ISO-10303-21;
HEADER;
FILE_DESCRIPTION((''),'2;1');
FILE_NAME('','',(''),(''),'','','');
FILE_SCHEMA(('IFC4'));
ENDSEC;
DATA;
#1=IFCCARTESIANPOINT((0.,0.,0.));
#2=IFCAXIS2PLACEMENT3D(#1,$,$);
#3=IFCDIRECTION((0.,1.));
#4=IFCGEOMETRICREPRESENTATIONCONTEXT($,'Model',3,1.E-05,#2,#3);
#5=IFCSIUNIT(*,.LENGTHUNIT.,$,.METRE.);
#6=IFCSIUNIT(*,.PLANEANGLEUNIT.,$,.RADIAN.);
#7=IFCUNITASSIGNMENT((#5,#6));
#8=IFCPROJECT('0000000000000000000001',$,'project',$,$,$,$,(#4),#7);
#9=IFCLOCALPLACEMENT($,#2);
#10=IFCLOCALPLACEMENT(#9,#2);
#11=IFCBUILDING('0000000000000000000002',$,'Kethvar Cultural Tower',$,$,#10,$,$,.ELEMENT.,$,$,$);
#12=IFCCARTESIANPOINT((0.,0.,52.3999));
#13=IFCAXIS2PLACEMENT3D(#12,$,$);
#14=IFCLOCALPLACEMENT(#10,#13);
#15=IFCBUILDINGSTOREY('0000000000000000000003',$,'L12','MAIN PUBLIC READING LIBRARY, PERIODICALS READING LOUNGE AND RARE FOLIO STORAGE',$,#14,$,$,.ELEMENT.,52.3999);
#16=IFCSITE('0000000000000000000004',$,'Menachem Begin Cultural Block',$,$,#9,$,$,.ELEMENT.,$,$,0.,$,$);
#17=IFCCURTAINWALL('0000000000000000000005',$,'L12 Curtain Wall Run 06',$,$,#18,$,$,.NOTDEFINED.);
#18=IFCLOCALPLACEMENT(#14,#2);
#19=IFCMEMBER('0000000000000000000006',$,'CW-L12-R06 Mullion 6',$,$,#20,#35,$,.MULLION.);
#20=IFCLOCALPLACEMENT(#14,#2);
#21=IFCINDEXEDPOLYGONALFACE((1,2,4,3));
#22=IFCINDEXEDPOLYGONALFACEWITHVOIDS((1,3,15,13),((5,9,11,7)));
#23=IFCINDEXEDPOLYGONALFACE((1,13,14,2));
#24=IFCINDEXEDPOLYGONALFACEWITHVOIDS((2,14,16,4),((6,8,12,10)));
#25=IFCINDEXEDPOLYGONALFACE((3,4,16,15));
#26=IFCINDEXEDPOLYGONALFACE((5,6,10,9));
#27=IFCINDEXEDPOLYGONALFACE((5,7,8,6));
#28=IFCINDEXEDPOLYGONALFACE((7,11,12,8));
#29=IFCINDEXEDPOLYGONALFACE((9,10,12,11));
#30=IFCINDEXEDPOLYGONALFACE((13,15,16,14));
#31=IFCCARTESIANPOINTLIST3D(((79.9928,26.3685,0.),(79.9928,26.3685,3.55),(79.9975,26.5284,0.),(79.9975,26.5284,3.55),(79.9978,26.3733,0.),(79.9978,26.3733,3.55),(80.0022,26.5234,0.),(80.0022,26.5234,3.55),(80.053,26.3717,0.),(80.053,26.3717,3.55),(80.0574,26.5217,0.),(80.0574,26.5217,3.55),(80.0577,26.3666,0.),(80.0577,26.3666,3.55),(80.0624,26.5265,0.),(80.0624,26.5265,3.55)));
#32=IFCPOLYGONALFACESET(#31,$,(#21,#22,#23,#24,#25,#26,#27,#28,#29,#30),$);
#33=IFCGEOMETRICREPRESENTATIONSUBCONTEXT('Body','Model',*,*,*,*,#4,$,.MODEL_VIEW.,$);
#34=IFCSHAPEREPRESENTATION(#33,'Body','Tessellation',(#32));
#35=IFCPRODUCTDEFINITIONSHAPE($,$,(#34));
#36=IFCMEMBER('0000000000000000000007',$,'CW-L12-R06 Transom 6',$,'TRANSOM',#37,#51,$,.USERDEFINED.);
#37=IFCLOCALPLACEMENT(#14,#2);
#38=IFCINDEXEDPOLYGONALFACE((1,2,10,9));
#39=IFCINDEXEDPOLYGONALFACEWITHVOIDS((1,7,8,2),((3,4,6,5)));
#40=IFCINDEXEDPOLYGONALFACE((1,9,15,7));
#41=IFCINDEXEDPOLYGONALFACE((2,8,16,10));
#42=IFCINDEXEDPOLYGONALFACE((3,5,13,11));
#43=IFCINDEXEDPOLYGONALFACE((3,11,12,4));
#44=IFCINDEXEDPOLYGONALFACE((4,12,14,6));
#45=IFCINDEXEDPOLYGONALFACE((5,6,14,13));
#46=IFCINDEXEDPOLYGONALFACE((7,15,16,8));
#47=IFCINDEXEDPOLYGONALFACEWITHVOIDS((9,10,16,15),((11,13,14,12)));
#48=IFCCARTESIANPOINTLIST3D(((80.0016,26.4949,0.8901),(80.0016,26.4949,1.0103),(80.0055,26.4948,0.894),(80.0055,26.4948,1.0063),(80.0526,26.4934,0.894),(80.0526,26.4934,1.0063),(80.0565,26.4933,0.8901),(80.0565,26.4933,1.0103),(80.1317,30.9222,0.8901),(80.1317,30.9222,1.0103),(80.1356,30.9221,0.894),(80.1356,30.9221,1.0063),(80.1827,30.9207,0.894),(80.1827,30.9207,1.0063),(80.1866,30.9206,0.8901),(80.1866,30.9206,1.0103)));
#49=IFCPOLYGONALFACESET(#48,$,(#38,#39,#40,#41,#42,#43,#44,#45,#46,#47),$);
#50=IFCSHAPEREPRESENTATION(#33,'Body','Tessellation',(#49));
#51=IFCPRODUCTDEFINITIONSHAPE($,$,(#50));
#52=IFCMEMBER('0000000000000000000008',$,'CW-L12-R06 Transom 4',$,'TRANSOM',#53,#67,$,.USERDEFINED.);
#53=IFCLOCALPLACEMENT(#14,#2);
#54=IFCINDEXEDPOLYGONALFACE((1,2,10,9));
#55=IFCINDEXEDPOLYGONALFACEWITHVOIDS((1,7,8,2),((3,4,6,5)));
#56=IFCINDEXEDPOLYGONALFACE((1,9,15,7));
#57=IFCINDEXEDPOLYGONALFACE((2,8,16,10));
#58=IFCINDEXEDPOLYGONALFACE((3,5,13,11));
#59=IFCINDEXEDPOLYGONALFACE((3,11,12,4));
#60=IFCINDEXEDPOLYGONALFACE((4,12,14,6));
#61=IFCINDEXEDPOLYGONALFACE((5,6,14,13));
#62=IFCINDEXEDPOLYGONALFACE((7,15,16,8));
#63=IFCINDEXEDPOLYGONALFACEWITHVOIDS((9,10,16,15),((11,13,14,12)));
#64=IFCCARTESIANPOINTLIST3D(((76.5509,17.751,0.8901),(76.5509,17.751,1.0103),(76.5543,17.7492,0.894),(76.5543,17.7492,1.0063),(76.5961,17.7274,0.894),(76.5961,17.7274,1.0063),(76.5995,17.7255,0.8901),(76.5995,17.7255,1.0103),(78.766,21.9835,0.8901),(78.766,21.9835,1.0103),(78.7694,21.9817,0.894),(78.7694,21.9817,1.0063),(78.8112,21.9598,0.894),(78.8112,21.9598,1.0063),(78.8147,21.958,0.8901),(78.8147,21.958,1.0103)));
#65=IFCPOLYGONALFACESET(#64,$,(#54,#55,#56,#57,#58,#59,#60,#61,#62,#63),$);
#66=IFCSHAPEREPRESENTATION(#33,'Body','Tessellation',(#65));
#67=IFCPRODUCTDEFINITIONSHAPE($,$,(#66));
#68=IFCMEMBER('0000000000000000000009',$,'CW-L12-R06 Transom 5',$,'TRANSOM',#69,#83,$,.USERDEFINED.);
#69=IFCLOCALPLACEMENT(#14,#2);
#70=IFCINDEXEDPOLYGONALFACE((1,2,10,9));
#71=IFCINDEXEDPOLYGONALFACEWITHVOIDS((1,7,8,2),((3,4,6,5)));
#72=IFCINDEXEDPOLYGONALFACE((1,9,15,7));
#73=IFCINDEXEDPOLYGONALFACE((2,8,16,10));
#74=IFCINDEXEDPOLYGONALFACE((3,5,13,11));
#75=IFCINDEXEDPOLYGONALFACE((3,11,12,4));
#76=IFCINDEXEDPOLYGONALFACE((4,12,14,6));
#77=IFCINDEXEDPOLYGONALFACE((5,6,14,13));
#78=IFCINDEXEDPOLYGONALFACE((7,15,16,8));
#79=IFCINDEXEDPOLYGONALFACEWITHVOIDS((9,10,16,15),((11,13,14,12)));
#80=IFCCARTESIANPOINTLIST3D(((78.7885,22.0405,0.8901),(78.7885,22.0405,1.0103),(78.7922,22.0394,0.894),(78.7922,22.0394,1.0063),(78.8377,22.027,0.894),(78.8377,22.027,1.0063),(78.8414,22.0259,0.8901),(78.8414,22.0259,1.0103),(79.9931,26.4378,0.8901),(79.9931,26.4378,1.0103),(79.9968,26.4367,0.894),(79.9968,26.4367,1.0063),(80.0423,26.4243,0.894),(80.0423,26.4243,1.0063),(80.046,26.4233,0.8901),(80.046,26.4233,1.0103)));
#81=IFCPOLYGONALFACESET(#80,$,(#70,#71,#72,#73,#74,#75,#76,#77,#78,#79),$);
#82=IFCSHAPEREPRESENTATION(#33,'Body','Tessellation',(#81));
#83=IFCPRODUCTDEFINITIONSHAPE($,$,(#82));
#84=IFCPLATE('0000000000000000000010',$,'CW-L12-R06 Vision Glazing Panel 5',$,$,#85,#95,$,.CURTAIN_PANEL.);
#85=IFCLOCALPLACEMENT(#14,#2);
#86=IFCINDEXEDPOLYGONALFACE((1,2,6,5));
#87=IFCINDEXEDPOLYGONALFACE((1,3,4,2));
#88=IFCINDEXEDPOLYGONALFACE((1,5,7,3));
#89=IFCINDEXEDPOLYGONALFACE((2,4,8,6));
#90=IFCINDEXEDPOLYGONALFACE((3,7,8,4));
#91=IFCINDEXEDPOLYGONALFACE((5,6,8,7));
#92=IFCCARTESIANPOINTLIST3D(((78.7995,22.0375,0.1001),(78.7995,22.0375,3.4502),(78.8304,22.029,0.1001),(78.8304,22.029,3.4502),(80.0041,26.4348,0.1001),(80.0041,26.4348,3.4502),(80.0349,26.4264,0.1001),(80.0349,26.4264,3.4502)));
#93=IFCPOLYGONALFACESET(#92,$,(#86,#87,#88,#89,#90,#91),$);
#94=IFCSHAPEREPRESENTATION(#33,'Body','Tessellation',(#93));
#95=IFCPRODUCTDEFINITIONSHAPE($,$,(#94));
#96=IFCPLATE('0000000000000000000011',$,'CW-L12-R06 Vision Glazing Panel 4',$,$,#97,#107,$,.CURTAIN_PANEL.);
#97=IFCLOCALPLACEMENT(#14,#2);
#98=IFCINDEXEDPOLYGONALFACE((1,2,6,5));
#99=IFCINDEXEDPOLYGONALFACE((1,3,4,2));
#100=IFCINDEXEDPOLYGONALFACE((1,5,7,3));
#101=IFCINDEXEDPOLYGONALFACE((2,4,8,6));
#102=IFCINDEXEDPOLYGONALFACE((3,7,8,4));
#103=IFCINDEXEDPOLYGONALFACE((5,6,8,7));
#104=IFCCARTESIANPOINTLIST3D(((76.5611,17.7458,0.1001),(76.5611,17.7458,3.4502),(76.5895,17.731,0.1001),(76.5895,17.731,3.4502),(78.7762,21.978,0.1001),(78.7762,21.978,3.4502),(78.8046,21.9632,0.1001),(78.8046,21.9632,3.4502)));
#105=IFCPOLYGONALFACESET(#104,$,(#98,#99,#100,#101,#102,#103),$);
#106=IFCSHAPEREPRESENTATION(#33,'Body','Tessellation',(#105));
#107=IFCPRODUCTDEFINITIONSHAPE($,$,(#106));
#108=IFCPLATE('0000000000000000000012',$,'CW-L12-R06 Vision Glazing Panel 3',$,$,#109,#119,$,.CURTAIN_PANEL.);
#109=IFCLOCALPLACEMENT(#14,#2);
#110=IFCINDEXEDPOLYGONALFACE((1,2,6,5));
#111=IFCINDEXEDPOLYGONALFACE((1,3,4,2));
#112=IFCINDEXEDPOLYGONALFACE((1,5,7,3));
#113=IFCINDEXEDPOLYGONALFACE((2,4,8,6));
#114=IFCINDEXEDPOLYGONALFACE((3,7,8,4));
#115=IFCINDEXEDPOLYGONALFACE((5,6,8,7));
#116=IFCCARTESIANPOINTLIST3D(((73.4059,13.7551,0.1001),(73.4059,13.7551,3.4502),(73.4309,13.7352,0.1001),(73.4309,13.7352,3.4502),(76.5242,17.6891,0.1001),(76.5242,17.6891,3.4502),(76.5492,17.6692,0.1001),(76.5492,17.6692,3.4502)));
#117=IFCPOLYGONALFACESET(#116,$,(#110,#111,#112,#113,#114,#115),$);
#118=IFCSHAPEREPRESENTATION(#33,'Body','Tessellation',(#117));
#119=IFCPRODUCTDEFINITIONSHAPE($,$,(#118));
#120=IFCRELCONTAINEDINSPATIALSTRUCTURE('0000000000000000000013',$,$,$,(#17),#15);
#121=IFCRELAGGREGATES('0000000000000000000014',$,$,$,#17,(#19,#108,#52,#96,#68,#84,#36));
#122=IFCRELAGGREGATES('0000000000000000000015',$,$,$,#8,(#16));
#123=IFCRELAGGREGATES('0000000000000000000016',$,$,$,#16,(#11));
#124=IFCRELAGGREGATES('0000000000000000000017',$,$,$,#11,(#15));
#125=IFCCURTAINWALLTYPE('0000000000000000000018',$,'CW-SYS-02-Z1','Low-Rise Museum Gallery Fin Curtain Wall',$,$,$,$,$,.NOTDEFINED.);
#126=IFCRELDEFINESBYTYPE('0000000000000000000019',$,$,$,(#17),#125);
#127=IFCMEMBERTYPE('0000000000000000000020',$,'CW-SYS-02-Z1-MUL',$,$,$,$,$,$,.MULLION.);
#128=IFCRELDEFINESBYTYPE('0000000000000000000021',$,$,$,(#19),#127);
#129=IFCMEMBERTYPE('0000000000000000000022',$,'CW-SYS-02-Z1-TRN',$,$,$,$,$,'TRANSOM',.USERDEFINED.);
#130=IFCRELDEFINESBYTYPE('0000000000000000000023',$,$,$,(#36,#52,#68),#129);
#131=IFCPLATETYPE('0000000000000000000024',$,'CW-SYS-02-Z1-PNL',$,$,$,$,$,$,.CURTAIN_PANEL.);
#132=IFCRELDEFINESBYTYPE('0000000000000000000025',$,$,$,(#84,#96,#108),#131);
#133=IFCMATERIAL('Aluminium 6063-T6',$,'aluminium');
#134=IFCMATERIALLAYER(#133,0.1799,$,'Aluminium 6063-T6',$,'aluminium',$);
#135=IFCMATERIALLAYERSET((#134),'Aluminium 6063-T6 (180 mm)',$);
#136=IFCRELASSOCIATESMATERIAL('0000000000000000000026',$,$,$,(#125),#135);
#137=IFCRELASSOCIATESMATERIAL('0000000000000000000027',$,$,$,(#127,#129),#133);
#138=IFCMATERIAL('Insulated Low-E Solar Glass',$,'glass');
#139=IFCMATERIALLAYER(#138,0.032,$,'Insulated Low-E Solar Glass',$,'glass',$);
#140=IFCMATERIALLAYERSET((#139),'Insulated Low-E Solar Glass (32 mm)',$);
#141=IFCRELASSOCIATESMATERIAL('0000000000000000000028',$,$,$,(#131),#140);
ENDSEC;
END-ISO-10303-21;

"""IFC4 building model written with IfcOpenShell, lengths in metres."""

from ifc_helpers import new_model, si_unit, direction, frame, origin, origin_2d, place, context, subcontext, project, spatial, rectangle, hollow_rectangle, extrude, source, transform, mapped, material, layer, layer_set, material_profile, profile_set, type_object, element, aggregate, save


model = new_model("IFC4")

# Units and contexts
model_context = context("Model", 3, precision=1e-05, world=origin(), true_north=direction((0.0, 1.0)))
body_context = subcontext(model_context, "Body", "Model", "MODEL_VIEW")
ifc_project = project(units=[si_unit("LENGTHUNIT", "METRE"), si_unit("PLANEANGLEUNIT", "RADIAN")], contexts=[model_context])

# Site, building, storey
site_placement = place(None, origin())
site = spatial("IfcSite", under=ifc_project, at=site_placement, Name="Menachem Begin Cultural Block", CompositionType="ELEMENT", RefElevation=0.0)
building_placement = place(site_placement, origin())
building = spatial("IfcBuilding", under=site, at=building_placement, Name="Kethvar Cultural Tower", CompositionType="ELEMENT")
storey_placement = place(building_placement, frame((0.0, 0.0, 52.3999)))
storey = spatial("IfcBuildingStorey", under=building, at=storey_placement, Name="L12", Description="MAIN PUBLIC READING LIBRARY, PERIODICALS READING LOUNGE AND RARE FOLIO STORAGE", CompositionType="ELEMENT", Elevation=52.3999)

# Curtain wall, members, plates
ifc_material_1 = material(Name="Aluminium 6063-T6", Category="aluminium")
ifc_layer_1 = layer(ifc_material_1, 0.1799, Name="Aluminium 6063-T6", Category="aluminium")
ifc_layer_set_1 = layer_set([ifc_layer_1], Name="Aluminium 6063-T6 (180 mm)")
curtain_wall_type = type_object("IfcCurtainWallType", Name="CW-SYS-02-Z1", Description="Low-Rise Museum Gallery Fin Curtain Wall", PredefinedType="NOTDEFINED", material=ifc_layer_set_1)
curtain_wall_placement = place(storey_placement, origin())
curtain_wall = element("IfcCurtainWall", 1, at=curtain_wall_placement, inside=storey, type_object=curtain_wall_type, Name="L12 Curtain Wall Run 06", PredefinedType="NOTDEFINED")
ifc_material_profile_1 = material_profile(ifc_material_1, hollow_rectangle(XDim=0.0649, YDim=0.1599, WallThickness=0.0049, at=origin_2d()), Name="Aluminium 6063-T6 — RHS160x65x5")
ifc_profile_set_1 = profile_set([ifc_material_profile_1], Name="Aluminium 6063-T6 — RHS160x65x5")
member_type_1 = type_object("IfcMemberType", Name="CW-SYS-02-Z1-MUL", PredefinedType="MULLION", material=ifc_profile_set_1)
shared_shape_1 = source(origin(), body_context, "Body", "SweptSolid", [
    extrude(hollow_rectangle(XDim=0.0649, YDim=0.1599, WallThickness=0.0049, at=origin_2d()), origin(), (0.0, 0.0, 1.0), 3.55),
])
member_1_placement = place(storey_placement, frame((80.0276, 26.4475, 0.0), z_axis=(0.0, 0.0, 1.0), x_axis=(-0.999568, 0.029405, 0.0)))
member_1 = element("IfcMember", 2, at=member_1_placement, type_object=member_type_1, Name="CW-L12-R06 Mullion 6", PredefinedType="MULLION", context=body_context, shape_type="MappedRepresentation", body=[
    mapped(shared_shape_1, transform((0.0, 0.0, 0.0), scale=1.0)),
])
ifc_material_profile_2 = material_profile(ifc_material_1, hollow_rectangle(XDim=0.0549, YDim=0.1201, WallThickness=0.0039, at=origin_2d()), Name="Aluminium 6063-T6 — RHS120x55x4")
ifc_profile_set_2 = profile_set([ifc_material_profile_2], Name="Aluminium 6063-T6 — RHS120x55x4")
member_type_2 = type_object("IfcMemberType", Name="CW-SYS-02-Z1-TRN", ElementType="TRANSOM", PredefinedType="USERDEFINED", material=ifc_profile_set_2)
shared_shape_2 = source(origin(), body_context, "Body", "SweptSolid", [
    extrude(hollow_rectangle(XDim=0.0549, YDim=0.1201, WallThickness=0.0039, at=origin_2d()), origin(), (0.0, 0.0, 1.0), 4.4292),
])
member_2_placement = place(storey_placement, frame((80.0291, 26.4941, 0.9502), z_axis=(0.02938, 0.999568, 0.0), x_axis=(-0.999568, 0.02938, 0.0)))
member_2 = element("IfcMember", 3, at=member_2_placement, type_object=member_type_2, Name="CW-L12-R06 Transom 6", ObjectType="TRANSOM", PredefinedType="USERDEFINED", context=body_context, shape_type="MappedRepresentation", body=[
    mapped(shared_shape_2, transform((0.0, 0.0, 0.0), scale=1.0)),
])
shared_shape_3 = source(origin(), body_context, "Body", "SweptSolid", [
    extrude(hollow_rectangle(XDim=0.0549, YDim=0.1201, WallThickness=0.0039, at=origin_2d()), origin(), (0.0, 0.0, 1.0), 4.7771),
])
member_3_placement = place(storey_placement, frame((76.5752, 17.7383, 0.9502), z_axis=(0.463696, 0.885995, 0.0), x_axis=(-0.885995, 0.463696, 0.0)))
member_3 = element("IfcMember", 4, at=member_3_placement, type_object=member_type_2, Name="CW-L12-R06 Transom 4", ObjectType="TRANSOM", PredefinedType="USERDEFINED", context=body_context, shape_type="MappedRepresentation", body=[
    mapped(shared_shape_3, transform((0.0, 0.0, 0.0), scale=1.0)),
])
shared_shape_4 = source(origin(), body_context, "Body", "SweptSolid", [
    extrude(hollow_rectangle(XDim=0.0549, YDim=0.1201, WallThickness=0.0039, at=origin_2d()), origin(), (0.0, 0.0, 1.0), 4.5593),
])
member_4_placement = place(storey_placement, frame((78.8149, 22.0332, 0.9502), z_axis=(0.264209, 0.964465, 0.0), x_axis=(-0.964465, 0.264209, 0.0)))
member_4 = element("IfcMember", 5, at=member_4_placement, type_object=member_type_2, Name="CW-L12-R06 Transom 5", ObjectType="TRANSOM", PredefinedType="USERDEFINED", context=body_context, shape_type="MappedRepresentation", body=[
    mapped(shared_shape_4, transform((0.0, 0.0, 0.0), scale=1.0)),
])
ifc_material_2 = material(Name="Insulated Low-E Solar Glass", Category="glass")
ifc_layer_2 = layer(ifc_material_2, 0.032, Name="Insulated Low-E Solar Glass", Category="glass")
ifc_layer_set_2 = layer_set([ifc_layer_2], Name="Insulated Low-E Solar Glass (32 mm)")
plate_type = type_object("IfcPlateType", Name="CW-SYS-02-Z1-PNL", PredefinedType="CURTAIN_PANEL", material=ifc_layer_set_2)
shared_shape_5 = source(origin(), body_context, "Body", "SweptSolid", [
    extrude(rectangle(XDim=4.5593, YDim=0.032, at=origin_2d()), origin(), (0.0, 0.0, 1.0), 3.3501),
])
plate_1_placement = place(storey_placement, frame((79.4172, 24.2319, 0.1001), z_axis=(0.0, 0.0, 1.0), x_axis=(0.264193, 0.96447, 0.0)))
plate_1 = element("IfcPlate", 6, at=plate_1_placement, type_object=plate_type, Name="CW-L12-R06 Vision Glazing Panel 5", PredefinedType="CURTAIN_PANEL", context=body_context, shape_type="MappedRepresentation", body=[
    mapped(shared_shape_5, transform((0.0, 0.0, 0.0), scale=1.0)),
])
shared_shape_6 = source(origin(), body_context, "Body", "SweptSolid", [
    extrude(rectangle(XDim=4.7769, YDim=0.032, at=origin_2d()), origin(), (0.0, 0.0, 1.0), 3.3501),
])
plate_2_placement = place(storey_placement, frame((77.6829, 19.8545, 0.1001), z_axis=(0.0, 0.0, 1.0), x_axis=(0.463714, 0.885985, 0.0)))
plate_2 = element("IfcPlate", 7, at=plate_2_placement, type_object=plate_type, Name="CW-L12-R06 Vision Glazing Panel 4", PredefinedType="CURTAIN_PANEL", context=body_context, shape_type="MappedRepresentation", body=[
    mapped(shared_shape_6, transform((0.0, 0.0, 0.0), scale=1.0)),
])
shared_shape_7 = source(origin(), body_context, "Body", "SweptSolid", [
    extrude(rectangle(XDim=5.02, YDim=0.032, at=origin_2d()), origin(), (0.0, 0.0, 1.0), 3.3501),
])
plate_3_placement = place(storey_placement, frame((74.9775, 15.7122, 0.1001), z_axis=(0.0, 0.0, 1.0), x_axis=(0.621175, 0.783672, 0.0)))
plate_3 = element("IfcPlate", 8, at=plate_3_placement, type_object=plate_type, Name="CW-L12-R06 Vision Glazing Panel 3", PredefinedType="CURTAIN_PANEL", context=body_context, shape_type="MappedRepresentation", body=[
    mapped(shared_shape_7, transform((0.0, 0.0, 0.0), scale=1.0)),
])
aggregate(curtain_wall, [member_1, plate_3, member_3, plate_2, member_4, plate_1, member_2])

save(model, "model.ifc")
